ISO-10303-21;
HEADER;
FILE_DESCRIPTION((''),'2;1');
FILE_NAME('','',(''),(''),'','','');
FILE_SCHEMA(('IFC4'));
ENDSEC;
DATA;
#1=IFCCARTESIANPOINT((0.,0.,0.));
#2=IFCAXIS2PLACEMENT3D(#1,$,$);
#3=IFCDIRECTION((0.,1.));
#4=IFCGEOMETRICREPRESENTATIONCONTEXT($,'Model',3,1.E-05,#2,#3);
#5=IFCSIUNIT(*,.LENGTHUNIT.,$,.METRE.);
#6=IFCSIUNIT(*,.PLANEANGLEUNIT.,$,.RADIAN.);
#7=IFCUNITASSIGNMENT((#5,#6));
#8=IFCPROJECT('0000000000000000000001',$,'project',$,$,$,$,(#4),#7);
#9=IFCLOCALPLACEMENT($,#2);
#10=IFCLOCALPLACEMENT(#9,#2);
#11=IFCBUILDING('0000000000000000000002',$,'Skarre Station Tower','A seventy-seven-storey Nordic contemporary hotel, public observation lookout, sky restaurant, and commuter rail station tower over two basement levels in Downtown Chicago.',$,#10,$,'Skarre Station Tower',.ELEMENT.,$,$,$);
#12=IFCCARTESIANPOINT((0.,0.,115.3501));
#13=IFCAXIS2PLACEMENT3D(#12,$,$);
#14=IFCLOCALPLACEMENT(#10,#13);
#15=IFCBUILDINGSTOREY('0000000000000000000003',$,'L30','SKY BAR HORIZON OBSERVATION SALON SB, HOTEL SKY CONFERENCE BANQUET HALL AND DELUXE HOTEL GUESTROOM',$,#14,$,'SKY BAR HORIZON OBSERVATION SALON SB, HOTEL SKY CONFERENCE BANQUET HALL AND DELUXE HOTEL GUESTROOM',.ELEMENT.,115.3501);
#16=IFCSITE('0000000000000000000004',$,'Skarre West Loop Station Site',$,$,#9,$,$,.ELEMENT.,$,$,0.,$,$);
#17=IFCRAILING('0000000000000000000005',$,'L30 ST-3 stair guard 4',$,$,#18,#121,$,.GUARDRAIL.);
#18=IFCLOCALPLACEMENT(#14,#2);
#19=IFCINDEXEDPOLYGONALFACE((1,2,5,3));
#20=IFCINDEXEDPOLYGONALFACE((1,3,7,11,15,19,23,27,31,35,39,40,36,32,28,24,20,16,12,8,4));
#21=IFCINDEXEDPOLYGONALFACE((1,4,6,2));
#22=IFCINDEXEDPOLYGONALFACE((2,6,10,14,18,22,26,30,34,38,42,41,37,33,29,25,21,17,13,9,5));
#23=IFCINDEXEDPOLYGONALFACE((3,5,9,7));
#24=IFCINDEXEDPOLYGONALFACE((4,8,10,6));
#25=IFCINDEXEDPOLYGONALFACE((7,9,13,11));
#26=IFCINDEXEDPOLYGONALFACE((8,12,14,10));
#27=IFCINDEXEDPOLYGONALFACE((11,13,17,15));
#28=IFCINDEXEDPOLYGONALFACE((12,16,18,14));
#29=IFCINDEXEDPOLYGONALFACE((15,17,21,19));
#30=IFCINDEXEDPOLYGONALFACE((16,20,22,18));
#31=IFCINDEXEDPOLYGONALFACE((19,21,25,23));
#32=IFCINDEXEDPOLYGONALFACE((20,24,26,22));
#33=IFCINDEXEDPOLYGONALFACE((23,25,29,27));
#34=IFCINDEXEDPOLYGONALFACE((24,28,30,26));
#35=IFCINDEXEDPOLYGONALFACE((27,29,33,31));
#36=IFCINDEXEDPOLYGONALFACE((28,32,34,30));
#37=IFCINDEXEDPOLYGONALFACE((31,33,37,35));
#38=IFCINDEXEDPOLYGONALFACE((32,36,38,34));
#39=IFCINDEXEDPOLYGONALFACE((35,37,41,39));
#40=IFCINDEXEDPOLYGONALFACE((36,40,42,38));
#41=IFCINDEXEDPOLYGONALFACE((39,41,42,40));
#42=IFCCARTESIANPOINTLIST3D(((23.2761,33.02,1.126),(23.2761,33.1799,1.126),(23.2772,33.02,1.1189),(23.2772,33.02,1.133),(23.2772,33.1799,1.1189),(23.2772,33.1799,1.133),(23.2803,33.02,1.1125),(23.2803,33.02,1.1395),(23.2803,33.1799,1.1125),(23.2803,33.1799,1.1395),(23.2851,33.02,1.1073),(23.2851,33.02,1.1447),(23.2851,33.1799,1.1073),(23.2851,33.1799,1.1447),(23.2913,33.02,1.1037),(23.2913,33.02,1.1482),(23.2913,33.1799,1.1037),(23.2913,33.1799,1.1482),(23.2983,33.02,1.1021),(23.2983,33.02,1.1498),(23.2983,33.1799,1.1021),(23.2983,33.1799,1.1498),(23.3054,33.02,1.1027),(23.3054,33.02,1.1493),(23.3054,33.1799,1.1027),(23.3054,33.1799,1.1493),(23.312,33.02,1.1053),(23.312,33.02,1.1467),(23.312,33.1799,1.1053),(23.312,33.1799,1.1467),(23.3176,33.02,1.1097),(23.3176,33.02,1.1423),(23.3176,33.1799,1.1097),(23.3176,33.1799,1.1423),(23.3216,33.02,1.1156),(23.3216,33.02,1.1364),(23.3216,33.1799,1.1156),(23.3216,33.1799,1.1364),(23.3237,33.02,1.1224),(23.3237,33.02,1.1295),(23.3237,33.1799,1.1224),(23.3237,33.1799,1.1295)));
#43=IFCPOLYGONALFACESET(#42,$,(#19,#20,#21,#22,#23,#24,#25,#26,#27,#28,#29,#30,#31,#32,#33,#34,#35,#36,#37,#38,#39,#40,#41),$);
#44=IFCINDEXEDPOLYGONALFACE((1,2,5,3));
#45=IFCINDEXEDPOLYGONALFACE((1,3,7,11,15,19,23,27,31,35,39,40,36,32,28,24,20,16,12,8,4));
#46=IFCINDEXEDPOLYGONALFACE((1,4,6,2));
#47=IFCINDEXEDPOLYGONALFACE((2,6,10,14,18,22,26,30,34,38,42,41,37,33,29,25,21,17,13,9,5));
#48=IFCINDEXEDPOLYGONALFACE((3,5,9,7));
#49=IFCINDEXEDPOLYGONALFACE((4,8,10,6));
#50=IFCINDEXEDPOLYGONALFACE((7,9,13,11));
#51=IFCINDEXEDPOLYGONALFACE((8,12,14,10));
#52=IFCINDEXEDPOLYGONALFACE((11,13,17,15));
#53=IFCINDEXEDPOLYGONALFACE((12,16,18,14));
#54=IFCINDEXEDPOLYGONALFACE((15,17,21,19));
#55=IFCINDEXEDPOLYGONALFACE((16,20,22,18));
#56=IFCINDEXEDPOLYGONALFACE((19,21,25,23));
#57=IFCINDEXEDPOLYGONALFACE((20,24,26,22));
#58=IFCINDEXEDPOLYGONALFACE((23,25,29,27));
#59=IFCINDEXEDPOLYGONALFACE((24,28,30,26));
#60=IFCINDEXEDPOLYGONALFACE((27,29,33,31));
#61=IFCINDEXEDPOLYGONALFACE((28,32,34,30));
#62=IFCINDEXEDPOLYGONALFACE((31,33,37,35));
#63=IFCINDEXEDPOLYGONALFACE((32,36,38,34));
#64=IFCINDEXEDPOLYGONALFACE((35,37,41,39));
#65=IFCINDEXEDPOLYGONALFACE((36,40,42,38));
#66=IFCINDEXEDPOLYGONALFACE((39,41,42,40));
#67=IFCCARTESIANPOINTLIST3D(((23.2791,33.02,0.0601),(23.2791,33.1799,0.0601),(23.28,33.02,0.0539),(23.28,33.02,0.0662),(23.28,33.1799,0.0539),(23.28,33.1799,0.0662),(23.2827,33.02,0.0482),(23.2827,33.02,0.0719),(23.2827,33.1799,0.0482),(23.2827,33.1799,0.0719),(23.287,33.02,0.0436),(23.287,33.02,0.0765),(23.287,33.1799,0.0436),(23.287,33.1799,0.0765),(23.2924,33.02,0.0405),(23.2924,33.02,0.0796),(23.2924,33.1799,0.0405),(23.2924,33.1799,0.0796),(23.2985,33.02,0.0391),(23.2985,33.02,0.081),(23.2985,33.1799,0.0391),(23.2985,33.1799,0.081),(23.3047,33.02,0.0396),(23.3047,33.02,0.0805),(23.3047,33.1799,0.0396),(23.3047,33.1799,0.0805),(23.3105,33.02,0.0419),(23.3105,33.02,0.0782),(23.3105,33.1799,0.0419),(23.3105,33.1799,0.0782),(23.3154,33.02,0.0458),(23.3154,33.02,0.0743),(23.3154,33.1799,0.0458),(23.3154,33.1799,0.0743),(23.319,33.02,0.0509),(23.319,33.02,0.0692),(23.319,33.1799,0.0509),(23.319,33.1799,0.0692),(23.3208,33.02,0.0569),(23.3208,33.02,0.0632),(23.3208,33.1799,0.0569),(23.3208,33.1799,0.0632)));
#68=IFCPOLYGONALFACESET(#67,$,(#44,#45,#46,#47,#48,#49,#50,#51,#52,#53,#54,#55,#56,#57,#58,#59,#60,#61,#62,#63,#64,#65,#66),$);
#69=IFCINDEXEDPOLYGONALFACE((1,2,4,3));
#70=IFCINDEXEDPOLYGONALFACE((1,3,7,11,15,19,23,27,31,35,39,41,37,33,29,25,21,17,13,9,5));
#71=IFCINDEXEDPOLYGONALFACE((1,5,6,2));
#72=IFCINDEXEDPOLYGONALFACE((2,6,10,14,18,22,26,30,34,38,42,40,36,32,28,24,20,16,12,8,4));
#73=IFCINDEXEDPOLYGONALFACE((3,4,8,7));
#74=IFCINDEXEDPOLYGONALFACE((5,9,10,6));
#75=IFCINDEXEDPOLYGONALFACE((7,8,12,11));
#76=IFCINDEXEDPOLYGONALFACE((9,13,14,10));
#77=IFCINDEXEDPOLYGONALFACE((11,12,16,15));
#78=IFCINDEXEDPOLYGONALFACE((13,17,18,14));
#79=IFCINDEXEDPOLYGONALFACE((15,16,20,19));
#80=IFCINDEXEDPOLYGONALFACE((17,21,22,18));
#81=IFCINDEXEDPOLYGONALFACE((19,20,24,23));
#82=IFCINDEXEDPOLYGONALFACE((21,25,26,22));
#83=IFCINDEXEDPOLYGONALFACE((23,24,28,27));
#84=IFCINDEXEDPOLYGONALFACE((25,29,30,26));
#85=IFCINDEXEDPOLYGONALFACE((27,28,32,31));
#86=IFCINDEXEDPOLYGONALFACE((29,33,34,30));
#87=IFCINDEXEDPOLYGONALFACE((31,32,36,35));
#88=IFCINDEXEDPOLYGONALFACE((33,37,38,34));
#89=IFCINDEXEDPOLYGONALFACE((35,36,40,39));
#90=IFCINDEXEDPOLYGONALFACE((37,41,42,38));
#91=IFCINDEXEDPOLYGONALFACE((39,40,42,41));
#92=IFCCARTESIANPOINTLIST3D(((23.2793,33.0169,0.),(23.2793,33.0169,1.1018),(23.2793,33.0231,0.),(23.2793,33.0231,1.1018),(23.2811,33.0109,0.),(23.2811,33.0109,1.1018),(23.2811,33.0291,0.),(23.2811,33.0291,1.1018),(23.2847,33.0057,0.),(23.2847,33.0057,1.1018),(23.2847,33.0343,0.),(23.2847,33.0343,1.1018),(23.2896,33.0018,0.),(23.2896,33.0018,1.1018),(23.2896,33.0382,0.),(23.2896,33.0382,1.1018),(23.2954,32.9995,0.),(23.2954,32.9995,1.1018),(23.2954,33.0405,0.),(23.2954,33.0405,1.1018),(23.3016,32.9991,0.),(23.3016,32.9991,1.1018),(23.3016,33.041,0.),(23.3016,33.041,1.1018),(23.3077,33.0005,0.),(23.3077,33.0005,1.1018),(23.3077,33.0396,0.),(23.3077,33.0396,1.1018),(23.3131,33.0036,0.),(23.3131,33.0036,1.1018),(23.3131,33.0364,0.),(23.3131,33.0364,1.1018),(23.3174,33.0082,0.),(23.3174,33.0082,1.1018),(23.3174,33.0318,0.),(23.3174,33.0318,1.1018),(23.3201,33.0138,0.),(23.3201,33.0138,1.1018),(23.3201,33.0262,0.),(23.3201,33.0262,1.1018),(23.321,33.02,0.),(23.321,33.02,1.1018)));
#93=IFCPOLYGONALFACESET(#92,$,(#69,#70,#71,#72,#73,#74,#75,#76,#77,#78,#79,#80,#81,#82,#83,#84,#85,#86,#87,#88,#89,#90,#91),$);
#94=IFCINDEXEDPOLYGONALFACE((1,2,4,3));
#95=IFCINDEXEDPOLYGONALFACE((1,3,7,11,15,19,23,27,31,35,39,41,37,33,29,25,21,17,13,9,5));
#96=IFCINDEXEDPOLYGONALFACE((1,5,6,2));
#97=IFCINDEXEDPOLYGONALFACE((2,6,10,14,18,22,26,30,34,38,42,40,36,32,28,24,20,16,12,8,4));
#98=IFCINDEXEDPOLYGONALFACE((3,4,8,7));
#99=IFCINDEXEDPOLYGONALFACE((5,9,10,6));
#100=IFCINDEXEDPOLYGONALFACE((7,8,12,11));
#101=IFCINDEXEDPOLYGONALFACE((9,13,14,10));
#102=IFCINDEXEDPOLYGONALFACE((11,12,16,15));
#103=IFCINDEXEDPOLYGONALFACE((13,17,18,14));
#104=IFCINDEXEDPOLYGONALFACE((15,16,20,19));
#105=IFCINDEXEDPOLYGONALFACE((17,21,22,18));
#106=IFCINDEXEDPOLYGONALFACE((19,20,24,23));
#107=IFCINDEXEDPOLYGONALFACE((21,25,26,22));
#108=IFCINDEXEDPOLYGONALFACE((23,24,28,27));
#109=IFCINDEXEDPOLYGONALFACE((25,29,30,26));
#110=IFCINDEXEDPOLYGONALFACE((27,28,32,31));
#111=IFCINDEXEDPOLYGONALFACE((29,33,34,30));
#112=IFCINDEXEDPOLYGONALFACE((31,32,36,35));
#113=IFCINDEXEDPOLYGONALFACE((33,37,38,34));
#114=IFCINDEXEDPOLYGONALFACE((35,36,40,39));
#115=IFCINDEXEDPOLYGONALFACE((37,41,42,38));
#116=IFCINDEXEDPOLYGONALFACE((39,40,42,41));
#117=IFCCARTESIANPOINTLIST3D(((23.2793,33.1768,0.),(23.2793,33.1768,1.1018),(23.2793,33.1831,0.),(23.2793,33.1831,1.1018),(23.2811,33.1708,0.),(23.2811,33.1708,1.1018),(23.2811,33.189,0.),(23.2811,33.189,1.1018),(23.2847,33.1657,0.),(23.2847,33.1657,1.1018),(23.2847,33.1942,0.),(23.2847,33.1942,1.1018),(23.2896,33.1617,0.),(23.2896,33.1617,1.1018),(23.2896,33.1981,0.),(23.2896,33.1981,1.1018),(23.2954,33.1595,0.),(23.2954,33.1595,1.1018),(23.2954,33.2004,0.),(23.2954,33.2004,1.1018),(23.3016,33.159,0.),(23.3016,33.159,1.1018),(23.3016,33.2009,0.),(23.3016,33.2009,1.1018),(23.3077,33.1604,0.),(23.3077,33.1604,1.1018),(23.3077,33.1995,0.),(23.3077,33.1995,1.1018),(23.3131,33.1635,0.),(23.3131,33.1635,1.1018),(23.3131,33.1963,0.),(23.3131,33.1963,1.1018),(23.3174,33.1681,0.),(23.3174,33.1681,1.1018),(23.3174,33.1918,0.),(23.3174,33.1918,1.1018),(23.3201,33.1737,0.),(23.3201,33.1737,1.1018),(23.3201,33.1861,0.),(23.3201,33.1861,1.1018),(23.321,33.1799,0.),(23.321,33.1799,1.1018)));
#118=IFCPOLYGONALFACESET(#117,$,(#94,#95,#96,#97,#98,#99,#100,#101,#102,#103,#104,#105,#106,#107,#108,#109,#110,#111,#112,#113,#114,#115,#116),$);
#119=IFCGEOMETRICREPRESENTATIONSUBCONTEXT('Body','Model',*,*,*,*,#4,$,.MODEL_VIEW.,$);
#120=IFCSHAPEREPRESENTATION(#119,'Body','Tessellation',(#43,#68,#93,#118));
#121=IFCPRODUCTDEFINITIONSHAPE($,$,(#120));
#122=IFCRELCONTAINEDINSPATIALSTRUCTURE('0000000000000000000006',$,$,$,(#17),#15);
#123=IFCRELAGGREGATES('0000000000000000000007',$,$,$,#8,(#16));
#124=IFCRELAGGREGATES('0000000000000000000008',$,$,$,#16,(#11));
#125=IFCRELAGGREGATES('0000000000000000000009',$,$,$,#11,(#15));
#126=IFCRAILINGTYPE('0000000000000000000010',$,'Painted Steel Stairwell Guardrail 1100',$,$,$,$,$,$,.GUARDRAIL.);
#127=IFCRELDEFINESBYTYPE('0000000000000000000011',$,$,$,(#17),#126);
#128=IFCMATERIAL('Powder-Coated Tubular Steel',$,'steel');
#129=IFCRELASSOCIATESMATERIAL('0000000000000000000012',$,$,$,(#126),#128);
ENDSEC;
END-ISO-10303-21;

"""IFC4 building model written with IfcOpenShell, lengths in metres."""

from ifc_helpers import new_model, si_unit, direction, frame, origin, origin_2d, place, context, subcontext, project, spatial, circle, extrude, material, type_object, element, save


model = new_model("IFC4")

# Units and contexts
model_context = context("Model", 3, precision=1e-05, world=origin(), true_north=direction((0.0, 1.0)))
body_context = subcontext(model_context, "Body", "Model", "MODEL_VIEW")
ifc_project = project(units=[si_unit("LENGTHUNIT", "METRE"), si_unit("PLANEANGLEUNIT", "RADIAN")], contexts=[model_context])

# Site, building, storey
site_placement = place(None, origin())
site = spatial("IfcSite", under=ifc_project, at=site_placement, Name="Skarre West Loop Station Site", CompositionType="ELEMENT", RefElevation=0.0)
building_placement = place(site_placement, origin())
building = spatial("IfcBuilding", under=site, at=building_placement, Name="Skarre Station Tower", Description="A seventy-seven-storey Nordic contemporary hotel, public observation lookout, sky restaurant, and commuter rail station tower over two basement levels in Downtown Chicago.", LongName="Skarre Station Tower", CompositionType="ELEMENT")
storey_placement = place(building_placement, frame((0.0, 0.0, 115.3501)))
storey = spatial("IfcBuildingStorey", under=building, at=storey_placement, Name="L30", Description="SKY BAR HORIZON OBSERVATION SALON SB, HOTEL SKY CONFERENCE BANQUET HALL AND DELUXE HOTEL GUESTROOM", LongName="SKY BAR HORIZON OBSERVATION SALON SB, HOTEL SKY CONFERENCE BANQUET HALL AND DELUXE HOTEL GUESTROOM", CompositionType="ELEMENT", Elevation=115.3501)

# Railing
ifc_material_1 = material(Name="Powder-Coated Tubular Steel", Category="steel")
railing_type_1 = type_object("IfcRailingType", Name="Painted Steel Stairwell Guardrail 1100", PredefinedType="GUARDRAIL", material=ifc_material_1)
railing_1_placement = place(storey_placement, frame((23.3, 33.02, 0.0)))
element("IfcRailing", 1, at=railing_1_placement, inside=storey, type_object=railing_type_1, Name="L30 ST-3 stair guard 4", PredefinedType="GUARDRAIL", context=body_context, shape_type="SweptSolid", body=[
    extrude(circle(Radius=0.0239, at=origin_2d()), frame((0.0, 0.0, 1.126), z_axis=(0.0, 1.0, 0.0), x_axis=(-1.0, 0.0, 0.0)), (0.0, 0.0, 1.0), 0.1599),
    extrude(circle(Radius=0.021, at=origin_2d()), frame((0.0, 0.0, 0.0601), z_axis=(0.0, 1.0, 0.0), x_axis=(-1.0, 0.0, 0.0)), (0.0, 0.0, 1.0), 0.1599),
    extrude(circle(Radius=0.021, at=origin_2d()), origin(), (0.0, 0.0, 1.0), 1.1018),
    extrude(circle(Radius=0.021, at=origin_2d()), frame((0.0, 0.1599, 0.0)), (0.0, 0.0, 1.0), 1.1018),
])

save(model, "model.ifc")
